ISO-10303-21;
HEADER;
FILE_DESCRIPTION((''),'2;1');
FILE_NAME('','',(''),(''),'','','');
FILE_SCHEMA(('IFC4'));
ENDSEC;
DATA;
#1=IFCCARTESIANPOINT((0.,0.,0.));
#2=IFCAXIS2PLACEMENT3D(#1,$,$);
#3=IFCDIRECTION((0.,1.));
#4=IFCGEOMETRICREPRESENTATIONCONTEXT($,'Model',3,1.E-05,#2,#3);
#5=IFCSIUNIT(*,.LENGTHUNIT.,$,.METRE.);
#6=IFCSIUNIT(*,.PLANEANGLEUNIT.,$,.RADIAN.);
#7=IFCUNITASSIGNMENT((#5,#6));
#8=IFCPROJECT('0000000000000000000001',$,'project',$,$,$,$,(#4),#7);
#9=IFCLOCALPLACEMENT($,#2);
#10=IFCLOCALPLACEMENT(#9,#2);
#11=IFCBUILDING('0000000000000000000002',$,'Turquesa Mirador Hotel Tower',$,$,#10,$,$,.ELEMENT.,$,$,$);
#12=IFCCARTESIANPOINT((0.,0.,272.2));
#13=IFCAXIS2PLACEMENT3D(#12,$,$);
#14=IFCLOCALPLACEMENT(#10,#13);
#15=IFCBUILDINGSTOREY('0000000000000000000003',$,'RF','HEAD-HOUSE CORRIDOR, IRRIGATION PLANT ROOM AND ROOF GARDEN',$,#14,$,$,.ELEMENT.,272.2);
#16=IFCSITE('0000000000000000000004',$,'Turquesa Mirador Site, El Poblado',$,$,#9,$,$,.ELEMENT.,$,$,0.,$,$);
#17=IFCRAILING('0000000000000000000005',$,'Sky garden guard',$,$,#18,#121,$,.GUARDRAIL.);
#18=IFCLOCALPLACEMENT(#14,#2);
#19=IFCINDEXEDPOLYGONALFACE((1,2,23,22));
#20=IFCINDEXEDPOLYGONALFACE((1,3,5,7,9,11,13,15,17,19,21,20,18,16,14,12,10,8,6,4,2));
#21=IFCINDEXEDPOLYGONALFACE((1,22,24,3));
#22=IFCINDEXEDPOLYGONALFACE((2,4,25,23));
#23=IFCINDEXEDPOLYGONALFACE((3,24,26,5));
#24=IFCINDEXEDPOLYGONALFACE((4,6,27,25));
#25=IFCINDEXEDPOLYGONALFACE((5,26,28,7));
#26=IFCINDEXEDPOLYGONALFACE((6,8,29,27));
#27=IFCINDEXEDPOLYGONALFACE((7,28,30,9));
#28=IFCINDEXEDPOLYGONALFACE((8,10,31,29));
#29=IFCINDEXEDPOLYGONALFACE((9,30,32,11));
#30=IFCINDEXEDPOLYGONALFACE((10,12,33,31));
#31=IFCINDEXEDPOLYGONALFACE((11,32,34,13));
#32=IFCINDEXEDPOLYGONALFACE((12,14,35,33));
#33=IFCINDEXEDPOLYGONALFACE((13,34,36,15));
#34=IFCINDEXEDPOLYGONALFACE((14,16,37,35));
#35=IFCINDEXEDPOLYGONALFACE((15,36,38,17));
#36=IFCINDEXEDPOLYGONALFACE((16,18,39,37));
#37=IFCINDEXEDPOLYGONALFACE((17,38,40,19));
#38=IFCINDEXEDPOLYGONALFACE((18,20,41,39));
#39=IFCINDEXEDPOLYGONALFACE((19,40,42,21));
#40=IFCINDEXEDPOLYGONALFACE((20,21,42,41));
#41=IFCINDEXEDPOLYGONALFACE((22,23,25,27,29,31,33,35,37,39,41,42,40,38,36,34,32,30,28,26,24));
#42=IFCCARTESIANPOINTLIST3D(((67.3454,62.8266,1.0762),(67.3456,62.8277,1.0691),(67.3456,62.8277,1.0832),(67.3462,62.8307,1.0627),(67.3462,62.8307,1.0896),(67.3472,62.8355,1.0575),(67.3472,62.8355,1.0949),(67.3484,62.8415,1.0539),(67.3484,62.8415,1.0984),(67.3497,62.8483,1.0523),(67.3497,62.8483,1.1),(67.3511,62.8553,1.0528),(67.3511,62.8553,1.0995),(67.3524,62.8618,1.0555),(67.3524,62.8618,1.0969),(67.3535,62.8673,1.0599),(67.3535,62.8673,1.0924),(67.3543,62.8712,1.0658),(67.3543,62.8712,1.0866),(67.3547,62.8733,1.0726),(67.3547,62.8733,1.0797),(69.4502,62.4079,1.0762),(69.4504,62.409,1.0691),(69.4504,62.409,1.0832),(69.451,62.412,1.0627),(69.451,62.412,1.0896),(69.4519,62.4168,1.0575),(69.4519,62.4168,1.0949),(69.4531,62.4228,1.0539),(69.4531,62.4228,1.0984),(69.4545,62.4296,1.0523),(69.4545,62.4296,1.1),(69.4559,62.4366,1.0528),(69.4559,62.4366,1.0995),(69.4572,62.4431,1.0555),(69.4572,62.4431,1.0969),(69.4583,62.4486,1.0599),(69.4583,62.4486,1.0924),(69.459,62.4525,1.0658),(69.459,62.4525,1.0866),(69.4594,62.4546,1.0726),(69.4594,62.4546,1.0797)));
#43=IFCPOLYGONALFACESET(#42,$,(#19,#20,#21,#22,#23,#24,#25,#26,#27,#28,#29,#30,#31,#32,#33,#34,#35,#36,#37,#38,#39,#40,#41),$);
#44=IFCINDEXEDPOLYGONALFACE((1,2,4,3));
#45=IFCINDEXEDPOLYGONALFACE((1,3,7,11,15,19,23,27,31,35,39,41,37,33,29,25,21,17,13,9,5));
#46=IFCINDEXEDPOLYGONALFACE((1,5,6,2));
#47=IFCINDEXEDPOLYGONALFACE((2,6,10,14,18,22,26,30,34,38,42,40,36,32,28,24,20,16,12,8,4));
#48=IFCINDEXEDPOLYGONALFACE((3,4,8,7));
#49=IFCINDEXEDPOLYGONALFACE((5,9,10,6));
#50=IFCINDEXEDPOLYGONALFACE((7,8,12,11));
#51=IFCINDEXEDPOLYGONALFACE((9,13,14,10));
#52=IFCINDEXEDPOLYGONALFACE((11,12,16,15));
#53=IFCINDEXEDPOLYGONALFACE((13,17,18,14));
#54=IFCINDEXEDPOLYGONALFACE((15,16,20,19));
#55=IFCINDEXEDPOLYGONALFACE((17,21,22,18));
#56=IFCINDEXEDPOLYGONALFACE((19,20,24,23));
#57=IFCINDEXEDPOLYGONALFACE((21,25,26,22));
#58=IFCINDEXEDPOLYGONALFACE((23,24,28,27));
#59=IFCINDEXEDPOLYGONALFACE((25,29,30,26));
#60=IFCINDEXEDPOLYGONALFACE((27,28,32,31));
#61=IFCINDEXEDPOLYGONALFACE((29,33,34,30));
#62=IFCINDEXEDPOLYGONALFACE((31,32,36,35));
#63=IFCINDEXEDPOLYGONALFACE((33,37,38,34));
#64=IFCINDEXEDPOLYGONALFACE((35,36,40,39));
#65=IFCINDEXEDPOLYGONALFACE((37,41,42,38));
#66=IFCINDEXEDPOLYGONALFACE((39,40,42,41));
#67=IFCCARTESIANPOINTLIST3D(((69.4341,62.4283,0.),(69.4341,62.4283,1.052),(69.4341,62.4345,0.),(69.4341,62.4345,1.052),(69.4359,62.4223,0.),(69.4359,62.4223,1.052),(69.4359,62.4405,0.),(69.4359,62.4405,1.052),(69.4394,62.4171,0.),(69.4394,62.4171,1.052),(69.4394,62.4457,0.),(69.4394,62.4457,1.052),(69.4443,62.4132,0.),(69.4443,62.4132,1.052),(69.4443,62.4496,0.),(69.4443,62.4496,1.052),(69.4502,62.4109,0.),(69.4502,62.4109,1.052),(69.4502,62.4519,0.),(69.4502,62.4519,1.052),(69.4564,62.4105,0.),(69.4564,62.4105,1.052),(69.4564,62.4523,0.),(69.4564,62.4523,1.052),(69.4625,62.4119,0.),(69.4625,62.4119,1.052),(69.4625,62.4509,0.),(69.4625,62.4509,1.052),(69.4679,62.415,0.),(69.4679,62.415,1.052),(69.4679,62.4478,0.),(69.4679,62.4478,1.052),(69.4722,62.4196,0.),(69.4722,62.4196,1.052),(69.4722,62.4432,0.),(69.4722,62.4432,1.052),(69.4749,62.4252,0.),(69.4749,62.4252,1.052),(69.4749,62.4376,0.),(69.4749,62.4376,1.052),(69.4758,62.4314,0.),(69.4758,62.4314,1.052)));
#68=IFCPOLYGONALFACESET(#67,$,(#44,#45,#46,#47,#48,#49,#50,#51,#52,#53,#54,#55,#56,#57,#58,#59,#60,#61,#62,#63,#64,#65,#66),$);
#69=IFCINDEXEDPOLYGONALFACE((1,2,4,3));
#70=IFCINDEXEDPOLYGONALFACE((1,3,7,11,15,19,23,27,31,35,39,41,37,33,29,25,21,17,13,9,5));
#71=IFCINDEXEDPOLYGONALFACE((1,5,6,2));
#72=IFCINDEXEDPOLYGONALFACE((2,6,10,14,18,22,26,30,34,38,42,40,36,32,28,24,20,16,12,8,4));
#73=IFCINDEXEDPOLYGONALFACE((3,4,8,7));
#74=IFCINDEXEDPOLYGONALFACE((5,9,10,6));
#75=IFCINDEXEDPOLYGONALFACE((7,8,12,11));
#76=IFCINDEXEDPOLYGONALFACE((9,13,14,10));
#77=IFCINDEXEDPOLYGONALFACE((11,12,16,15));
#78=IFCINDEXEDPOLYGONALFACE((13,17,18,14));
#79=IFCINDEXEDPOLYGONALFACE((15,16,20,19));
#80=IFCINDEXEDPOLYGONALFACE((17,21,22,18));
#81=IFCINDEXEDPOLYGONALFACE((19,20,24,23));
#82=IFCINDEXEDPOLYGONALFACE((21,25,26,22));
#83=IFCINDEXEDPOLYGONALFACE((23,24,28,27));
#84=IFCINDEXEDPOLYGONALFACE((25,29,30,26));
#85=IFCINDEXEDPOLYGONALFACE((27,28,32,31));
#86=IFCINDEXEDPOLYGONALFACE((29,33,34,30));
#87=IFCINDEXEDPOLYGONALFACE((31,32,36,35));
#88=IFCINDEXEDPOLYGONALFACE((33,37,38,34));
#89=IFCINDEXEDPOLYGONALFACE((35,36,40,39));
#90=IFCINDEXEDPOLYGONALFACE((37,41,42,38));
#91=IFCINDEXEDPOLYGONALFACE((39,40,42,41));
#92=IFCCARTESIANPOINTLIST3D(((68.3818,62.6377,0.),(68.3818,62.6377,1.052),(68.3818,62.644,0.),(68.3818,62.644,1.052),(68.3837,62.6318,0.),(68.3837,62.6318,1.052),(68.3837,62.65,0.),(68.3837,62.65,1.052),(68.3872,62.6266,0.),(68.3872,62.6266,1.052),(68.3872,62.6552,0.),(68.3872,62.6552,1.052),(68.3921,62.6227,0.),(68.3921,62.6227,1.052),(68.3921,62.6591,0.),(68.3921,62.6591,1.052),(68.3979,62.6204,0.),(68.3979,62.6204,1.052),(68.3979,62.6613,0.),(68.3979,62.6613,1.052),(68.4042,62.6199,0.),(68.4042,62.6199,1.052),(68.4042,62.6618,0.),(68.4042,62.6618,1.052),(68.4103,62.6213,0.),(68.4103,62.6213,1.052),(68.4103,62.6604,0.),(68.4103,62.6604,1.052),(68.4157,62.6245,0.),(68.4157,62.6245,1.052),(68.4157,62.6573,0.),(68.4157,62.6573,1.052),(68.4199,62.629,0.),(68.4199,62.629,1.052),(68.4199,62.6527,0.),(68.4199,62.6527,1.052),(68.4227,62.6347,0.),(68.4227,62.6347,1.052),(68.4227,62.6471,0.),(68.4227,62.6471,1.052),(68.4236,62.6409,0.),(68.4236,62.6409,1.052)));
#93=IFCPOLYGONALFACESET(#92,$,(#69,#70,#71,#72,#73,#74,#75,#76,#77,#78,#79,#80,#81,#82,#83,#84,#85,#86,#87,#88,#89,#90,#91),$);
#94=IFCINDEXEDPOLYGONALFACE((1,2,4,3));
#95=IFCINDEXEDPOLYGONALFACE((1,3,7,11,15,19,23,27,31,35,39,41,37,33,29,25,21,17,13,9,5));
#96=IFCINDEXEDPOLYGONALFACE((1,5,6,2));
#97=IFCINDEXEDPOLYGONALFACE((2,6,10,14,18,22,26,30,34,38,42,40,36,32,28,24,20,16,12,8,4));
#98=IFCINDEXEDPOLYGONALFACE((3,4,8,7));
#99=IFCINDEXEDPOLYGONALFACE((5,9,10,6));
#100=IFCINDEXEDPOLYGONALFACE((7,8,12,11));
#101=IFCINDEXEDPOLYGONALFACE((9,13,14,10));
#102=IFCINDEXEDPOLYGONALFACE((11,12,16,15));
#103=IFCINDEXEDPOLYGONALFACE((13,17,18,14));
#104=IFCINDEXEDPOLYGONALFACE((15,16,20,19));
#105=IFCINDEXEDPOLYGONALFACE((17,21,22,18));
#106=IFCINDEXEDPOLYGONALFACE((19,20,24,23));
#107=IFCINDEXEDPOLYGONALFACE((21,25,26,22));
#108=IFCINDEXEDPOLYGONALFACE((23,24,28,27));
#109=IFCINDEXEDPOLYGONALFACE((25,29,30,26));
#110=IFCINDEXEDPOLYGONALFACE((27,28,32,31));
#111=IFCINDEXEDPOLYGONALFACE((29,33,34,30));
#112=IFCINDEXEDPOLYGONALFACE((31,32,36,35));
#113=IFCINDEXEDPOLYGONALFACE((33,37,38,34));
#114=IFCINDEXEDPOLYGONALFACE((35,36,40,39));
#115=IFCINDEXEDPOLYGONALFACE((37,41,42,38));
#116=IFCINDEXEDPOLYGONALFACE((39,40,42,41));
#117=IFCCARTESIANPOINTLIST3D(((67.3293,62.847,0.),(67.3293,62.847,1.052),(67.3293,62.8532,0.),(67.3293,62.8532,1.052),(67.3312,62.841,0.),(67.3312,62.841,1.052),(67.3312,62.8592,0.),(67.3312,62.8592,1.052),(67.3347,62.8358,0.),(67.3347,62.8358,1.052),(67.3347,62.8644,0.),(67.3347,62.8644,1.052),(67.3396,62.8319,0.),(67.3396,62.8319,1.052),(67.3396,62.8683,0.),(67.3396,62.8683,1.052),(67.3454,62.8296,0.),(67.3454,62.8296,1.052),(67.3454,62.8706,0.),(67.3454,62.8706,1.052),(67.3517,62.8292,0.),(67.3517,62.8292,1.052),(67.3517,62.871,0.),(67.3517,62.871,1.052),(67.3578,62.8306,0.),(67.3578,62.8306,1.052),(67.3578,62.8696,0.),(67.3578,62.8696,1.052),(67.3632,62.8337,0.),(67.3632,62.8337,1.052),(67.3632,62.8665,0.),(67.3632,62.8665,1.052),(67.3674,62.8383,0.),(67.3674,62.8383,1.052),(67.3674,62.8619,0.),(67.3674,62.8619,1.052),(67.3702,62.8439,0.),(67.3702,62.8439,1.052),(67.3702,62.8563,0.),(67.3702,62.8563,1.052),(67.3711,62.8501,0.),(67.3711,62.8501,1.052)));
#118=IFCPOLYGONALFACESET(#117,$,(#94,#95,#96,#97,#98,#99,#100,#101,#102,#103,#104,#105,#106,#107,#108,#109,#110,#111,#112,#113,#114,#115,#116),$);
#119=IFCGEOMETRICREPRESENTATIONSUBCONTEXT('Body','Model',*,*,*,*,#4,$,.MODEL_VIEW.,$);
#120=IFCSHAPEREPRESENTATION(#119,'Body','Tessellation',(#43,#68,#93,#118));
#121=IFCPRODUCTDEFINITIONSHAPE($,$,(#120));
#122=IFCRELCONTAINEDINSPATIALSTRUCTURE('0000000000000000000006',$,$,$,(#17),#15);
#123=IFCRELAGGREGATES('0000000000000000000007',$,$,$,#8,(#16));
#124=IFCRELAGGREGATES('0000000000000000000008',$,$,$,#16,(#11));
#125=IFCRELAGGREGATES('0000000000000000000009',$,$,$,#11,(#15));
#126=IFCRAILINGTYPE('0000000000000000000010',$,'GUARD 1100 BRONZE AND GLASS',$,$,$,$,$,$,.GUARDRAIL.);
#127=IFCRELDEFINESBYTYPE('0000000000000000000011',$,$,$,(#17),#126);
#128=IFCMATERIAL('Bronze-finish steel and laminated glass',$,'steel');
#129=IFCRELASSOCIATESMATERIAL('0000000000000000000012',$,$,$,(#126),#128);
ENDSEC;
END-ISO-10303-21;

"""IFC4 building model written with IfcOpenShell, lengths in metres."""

from ifc_helpers import new_model, si_unit, direction, frame, origin, origin_2d, place, context, subcontext, project, spatial, circle, extrude, material, type_object, element, save


model = new_model("IFC4")

# Units and contexts
model_context = context("Model", 3, precision=1e-05, world=origin(), true_north=direction((0.0, 1.0)))
body_context = subcontext(model_context, "Body", "Model", "MODEL_VIEW")
ifc_project = project(units=[si_unit("LENGTHUNIT", "METRE"), si_unit("PLANEANGLEUNIT", "RADIAN")], contexts=[model_context])

# Site, building, storey
site_placement = place(None, origin())
site = spatial("IfcSite", under=ifc_project, at=site_placement, Name="Turquesa Mirador Site, El Poblado", CompositionType="ELEMENT", RefElevation=0.0)
building_placement = place(site_placement, origin())
building = spatial("IfcBuilding", under=site, at=building_placement, Name="Turquesa Mirador Hotel Tower", CompositionType="ELEMENT")
storey_placement = place(building_placement, frame((0.0, 0.0, 272.2)))
storey = spatial("IfcBuildingStorey", under=building, at=storey_placement, Name="RF", Description="HEAD-HOUSE CORRIDOR, IRRIGATION PLANT ROOM AND ROOF GARDEN", CompositionType="ELEMENT", Elevation=272.2)

# Railing
ifc_material_1 = material(Name="Bronze-finish steel and laminated glass", Category="steel")
railing_type = type_object("IfcRailingType", Name="GUARD 1100 BRONZE AND GLASS", PredefinedType="GUARDRAIL", material=ifc_material_1)
railing_1_placement = place(storey_placement, frame((69.4548, 62.4314, 0.0)))
element("IfcRailing", 1, at=railing_1_placement, inside=storey, type_object=railing_type, Name="Sky garden guard", PredefinedType="GUARDRAIL", context=body_context, shape_type="SweptSolid", body=[
    extrude(circle(Radius=0.0239, at=origin_2d()), frame((0.0, 0.0, 1.0762), z_axis=(-0.980781, 0.19511, 0.0), x_axis=(-0.19511, -0.980781, 0.0)), (0.0, 0.0, 1.0), 2.146),
    extrude(circle(Radius=0.021, at=origin_2d()), origin(), (0.0, 0.0, 1.0), 1.052),
    extrude(circle(Radius=0.021, at=origin_2d()), frame((-1.0522, 0.2095, 0.0)), (0.0, 0.0, 1.0), 1.052),
    extrude(circle(Radius=0.021, at=origin_2d()), frame((-2.1047, 0.4187, 0.0)), (0.0, 0.0, 1.0), 1.052),
])

save(model, "model.ifc")
